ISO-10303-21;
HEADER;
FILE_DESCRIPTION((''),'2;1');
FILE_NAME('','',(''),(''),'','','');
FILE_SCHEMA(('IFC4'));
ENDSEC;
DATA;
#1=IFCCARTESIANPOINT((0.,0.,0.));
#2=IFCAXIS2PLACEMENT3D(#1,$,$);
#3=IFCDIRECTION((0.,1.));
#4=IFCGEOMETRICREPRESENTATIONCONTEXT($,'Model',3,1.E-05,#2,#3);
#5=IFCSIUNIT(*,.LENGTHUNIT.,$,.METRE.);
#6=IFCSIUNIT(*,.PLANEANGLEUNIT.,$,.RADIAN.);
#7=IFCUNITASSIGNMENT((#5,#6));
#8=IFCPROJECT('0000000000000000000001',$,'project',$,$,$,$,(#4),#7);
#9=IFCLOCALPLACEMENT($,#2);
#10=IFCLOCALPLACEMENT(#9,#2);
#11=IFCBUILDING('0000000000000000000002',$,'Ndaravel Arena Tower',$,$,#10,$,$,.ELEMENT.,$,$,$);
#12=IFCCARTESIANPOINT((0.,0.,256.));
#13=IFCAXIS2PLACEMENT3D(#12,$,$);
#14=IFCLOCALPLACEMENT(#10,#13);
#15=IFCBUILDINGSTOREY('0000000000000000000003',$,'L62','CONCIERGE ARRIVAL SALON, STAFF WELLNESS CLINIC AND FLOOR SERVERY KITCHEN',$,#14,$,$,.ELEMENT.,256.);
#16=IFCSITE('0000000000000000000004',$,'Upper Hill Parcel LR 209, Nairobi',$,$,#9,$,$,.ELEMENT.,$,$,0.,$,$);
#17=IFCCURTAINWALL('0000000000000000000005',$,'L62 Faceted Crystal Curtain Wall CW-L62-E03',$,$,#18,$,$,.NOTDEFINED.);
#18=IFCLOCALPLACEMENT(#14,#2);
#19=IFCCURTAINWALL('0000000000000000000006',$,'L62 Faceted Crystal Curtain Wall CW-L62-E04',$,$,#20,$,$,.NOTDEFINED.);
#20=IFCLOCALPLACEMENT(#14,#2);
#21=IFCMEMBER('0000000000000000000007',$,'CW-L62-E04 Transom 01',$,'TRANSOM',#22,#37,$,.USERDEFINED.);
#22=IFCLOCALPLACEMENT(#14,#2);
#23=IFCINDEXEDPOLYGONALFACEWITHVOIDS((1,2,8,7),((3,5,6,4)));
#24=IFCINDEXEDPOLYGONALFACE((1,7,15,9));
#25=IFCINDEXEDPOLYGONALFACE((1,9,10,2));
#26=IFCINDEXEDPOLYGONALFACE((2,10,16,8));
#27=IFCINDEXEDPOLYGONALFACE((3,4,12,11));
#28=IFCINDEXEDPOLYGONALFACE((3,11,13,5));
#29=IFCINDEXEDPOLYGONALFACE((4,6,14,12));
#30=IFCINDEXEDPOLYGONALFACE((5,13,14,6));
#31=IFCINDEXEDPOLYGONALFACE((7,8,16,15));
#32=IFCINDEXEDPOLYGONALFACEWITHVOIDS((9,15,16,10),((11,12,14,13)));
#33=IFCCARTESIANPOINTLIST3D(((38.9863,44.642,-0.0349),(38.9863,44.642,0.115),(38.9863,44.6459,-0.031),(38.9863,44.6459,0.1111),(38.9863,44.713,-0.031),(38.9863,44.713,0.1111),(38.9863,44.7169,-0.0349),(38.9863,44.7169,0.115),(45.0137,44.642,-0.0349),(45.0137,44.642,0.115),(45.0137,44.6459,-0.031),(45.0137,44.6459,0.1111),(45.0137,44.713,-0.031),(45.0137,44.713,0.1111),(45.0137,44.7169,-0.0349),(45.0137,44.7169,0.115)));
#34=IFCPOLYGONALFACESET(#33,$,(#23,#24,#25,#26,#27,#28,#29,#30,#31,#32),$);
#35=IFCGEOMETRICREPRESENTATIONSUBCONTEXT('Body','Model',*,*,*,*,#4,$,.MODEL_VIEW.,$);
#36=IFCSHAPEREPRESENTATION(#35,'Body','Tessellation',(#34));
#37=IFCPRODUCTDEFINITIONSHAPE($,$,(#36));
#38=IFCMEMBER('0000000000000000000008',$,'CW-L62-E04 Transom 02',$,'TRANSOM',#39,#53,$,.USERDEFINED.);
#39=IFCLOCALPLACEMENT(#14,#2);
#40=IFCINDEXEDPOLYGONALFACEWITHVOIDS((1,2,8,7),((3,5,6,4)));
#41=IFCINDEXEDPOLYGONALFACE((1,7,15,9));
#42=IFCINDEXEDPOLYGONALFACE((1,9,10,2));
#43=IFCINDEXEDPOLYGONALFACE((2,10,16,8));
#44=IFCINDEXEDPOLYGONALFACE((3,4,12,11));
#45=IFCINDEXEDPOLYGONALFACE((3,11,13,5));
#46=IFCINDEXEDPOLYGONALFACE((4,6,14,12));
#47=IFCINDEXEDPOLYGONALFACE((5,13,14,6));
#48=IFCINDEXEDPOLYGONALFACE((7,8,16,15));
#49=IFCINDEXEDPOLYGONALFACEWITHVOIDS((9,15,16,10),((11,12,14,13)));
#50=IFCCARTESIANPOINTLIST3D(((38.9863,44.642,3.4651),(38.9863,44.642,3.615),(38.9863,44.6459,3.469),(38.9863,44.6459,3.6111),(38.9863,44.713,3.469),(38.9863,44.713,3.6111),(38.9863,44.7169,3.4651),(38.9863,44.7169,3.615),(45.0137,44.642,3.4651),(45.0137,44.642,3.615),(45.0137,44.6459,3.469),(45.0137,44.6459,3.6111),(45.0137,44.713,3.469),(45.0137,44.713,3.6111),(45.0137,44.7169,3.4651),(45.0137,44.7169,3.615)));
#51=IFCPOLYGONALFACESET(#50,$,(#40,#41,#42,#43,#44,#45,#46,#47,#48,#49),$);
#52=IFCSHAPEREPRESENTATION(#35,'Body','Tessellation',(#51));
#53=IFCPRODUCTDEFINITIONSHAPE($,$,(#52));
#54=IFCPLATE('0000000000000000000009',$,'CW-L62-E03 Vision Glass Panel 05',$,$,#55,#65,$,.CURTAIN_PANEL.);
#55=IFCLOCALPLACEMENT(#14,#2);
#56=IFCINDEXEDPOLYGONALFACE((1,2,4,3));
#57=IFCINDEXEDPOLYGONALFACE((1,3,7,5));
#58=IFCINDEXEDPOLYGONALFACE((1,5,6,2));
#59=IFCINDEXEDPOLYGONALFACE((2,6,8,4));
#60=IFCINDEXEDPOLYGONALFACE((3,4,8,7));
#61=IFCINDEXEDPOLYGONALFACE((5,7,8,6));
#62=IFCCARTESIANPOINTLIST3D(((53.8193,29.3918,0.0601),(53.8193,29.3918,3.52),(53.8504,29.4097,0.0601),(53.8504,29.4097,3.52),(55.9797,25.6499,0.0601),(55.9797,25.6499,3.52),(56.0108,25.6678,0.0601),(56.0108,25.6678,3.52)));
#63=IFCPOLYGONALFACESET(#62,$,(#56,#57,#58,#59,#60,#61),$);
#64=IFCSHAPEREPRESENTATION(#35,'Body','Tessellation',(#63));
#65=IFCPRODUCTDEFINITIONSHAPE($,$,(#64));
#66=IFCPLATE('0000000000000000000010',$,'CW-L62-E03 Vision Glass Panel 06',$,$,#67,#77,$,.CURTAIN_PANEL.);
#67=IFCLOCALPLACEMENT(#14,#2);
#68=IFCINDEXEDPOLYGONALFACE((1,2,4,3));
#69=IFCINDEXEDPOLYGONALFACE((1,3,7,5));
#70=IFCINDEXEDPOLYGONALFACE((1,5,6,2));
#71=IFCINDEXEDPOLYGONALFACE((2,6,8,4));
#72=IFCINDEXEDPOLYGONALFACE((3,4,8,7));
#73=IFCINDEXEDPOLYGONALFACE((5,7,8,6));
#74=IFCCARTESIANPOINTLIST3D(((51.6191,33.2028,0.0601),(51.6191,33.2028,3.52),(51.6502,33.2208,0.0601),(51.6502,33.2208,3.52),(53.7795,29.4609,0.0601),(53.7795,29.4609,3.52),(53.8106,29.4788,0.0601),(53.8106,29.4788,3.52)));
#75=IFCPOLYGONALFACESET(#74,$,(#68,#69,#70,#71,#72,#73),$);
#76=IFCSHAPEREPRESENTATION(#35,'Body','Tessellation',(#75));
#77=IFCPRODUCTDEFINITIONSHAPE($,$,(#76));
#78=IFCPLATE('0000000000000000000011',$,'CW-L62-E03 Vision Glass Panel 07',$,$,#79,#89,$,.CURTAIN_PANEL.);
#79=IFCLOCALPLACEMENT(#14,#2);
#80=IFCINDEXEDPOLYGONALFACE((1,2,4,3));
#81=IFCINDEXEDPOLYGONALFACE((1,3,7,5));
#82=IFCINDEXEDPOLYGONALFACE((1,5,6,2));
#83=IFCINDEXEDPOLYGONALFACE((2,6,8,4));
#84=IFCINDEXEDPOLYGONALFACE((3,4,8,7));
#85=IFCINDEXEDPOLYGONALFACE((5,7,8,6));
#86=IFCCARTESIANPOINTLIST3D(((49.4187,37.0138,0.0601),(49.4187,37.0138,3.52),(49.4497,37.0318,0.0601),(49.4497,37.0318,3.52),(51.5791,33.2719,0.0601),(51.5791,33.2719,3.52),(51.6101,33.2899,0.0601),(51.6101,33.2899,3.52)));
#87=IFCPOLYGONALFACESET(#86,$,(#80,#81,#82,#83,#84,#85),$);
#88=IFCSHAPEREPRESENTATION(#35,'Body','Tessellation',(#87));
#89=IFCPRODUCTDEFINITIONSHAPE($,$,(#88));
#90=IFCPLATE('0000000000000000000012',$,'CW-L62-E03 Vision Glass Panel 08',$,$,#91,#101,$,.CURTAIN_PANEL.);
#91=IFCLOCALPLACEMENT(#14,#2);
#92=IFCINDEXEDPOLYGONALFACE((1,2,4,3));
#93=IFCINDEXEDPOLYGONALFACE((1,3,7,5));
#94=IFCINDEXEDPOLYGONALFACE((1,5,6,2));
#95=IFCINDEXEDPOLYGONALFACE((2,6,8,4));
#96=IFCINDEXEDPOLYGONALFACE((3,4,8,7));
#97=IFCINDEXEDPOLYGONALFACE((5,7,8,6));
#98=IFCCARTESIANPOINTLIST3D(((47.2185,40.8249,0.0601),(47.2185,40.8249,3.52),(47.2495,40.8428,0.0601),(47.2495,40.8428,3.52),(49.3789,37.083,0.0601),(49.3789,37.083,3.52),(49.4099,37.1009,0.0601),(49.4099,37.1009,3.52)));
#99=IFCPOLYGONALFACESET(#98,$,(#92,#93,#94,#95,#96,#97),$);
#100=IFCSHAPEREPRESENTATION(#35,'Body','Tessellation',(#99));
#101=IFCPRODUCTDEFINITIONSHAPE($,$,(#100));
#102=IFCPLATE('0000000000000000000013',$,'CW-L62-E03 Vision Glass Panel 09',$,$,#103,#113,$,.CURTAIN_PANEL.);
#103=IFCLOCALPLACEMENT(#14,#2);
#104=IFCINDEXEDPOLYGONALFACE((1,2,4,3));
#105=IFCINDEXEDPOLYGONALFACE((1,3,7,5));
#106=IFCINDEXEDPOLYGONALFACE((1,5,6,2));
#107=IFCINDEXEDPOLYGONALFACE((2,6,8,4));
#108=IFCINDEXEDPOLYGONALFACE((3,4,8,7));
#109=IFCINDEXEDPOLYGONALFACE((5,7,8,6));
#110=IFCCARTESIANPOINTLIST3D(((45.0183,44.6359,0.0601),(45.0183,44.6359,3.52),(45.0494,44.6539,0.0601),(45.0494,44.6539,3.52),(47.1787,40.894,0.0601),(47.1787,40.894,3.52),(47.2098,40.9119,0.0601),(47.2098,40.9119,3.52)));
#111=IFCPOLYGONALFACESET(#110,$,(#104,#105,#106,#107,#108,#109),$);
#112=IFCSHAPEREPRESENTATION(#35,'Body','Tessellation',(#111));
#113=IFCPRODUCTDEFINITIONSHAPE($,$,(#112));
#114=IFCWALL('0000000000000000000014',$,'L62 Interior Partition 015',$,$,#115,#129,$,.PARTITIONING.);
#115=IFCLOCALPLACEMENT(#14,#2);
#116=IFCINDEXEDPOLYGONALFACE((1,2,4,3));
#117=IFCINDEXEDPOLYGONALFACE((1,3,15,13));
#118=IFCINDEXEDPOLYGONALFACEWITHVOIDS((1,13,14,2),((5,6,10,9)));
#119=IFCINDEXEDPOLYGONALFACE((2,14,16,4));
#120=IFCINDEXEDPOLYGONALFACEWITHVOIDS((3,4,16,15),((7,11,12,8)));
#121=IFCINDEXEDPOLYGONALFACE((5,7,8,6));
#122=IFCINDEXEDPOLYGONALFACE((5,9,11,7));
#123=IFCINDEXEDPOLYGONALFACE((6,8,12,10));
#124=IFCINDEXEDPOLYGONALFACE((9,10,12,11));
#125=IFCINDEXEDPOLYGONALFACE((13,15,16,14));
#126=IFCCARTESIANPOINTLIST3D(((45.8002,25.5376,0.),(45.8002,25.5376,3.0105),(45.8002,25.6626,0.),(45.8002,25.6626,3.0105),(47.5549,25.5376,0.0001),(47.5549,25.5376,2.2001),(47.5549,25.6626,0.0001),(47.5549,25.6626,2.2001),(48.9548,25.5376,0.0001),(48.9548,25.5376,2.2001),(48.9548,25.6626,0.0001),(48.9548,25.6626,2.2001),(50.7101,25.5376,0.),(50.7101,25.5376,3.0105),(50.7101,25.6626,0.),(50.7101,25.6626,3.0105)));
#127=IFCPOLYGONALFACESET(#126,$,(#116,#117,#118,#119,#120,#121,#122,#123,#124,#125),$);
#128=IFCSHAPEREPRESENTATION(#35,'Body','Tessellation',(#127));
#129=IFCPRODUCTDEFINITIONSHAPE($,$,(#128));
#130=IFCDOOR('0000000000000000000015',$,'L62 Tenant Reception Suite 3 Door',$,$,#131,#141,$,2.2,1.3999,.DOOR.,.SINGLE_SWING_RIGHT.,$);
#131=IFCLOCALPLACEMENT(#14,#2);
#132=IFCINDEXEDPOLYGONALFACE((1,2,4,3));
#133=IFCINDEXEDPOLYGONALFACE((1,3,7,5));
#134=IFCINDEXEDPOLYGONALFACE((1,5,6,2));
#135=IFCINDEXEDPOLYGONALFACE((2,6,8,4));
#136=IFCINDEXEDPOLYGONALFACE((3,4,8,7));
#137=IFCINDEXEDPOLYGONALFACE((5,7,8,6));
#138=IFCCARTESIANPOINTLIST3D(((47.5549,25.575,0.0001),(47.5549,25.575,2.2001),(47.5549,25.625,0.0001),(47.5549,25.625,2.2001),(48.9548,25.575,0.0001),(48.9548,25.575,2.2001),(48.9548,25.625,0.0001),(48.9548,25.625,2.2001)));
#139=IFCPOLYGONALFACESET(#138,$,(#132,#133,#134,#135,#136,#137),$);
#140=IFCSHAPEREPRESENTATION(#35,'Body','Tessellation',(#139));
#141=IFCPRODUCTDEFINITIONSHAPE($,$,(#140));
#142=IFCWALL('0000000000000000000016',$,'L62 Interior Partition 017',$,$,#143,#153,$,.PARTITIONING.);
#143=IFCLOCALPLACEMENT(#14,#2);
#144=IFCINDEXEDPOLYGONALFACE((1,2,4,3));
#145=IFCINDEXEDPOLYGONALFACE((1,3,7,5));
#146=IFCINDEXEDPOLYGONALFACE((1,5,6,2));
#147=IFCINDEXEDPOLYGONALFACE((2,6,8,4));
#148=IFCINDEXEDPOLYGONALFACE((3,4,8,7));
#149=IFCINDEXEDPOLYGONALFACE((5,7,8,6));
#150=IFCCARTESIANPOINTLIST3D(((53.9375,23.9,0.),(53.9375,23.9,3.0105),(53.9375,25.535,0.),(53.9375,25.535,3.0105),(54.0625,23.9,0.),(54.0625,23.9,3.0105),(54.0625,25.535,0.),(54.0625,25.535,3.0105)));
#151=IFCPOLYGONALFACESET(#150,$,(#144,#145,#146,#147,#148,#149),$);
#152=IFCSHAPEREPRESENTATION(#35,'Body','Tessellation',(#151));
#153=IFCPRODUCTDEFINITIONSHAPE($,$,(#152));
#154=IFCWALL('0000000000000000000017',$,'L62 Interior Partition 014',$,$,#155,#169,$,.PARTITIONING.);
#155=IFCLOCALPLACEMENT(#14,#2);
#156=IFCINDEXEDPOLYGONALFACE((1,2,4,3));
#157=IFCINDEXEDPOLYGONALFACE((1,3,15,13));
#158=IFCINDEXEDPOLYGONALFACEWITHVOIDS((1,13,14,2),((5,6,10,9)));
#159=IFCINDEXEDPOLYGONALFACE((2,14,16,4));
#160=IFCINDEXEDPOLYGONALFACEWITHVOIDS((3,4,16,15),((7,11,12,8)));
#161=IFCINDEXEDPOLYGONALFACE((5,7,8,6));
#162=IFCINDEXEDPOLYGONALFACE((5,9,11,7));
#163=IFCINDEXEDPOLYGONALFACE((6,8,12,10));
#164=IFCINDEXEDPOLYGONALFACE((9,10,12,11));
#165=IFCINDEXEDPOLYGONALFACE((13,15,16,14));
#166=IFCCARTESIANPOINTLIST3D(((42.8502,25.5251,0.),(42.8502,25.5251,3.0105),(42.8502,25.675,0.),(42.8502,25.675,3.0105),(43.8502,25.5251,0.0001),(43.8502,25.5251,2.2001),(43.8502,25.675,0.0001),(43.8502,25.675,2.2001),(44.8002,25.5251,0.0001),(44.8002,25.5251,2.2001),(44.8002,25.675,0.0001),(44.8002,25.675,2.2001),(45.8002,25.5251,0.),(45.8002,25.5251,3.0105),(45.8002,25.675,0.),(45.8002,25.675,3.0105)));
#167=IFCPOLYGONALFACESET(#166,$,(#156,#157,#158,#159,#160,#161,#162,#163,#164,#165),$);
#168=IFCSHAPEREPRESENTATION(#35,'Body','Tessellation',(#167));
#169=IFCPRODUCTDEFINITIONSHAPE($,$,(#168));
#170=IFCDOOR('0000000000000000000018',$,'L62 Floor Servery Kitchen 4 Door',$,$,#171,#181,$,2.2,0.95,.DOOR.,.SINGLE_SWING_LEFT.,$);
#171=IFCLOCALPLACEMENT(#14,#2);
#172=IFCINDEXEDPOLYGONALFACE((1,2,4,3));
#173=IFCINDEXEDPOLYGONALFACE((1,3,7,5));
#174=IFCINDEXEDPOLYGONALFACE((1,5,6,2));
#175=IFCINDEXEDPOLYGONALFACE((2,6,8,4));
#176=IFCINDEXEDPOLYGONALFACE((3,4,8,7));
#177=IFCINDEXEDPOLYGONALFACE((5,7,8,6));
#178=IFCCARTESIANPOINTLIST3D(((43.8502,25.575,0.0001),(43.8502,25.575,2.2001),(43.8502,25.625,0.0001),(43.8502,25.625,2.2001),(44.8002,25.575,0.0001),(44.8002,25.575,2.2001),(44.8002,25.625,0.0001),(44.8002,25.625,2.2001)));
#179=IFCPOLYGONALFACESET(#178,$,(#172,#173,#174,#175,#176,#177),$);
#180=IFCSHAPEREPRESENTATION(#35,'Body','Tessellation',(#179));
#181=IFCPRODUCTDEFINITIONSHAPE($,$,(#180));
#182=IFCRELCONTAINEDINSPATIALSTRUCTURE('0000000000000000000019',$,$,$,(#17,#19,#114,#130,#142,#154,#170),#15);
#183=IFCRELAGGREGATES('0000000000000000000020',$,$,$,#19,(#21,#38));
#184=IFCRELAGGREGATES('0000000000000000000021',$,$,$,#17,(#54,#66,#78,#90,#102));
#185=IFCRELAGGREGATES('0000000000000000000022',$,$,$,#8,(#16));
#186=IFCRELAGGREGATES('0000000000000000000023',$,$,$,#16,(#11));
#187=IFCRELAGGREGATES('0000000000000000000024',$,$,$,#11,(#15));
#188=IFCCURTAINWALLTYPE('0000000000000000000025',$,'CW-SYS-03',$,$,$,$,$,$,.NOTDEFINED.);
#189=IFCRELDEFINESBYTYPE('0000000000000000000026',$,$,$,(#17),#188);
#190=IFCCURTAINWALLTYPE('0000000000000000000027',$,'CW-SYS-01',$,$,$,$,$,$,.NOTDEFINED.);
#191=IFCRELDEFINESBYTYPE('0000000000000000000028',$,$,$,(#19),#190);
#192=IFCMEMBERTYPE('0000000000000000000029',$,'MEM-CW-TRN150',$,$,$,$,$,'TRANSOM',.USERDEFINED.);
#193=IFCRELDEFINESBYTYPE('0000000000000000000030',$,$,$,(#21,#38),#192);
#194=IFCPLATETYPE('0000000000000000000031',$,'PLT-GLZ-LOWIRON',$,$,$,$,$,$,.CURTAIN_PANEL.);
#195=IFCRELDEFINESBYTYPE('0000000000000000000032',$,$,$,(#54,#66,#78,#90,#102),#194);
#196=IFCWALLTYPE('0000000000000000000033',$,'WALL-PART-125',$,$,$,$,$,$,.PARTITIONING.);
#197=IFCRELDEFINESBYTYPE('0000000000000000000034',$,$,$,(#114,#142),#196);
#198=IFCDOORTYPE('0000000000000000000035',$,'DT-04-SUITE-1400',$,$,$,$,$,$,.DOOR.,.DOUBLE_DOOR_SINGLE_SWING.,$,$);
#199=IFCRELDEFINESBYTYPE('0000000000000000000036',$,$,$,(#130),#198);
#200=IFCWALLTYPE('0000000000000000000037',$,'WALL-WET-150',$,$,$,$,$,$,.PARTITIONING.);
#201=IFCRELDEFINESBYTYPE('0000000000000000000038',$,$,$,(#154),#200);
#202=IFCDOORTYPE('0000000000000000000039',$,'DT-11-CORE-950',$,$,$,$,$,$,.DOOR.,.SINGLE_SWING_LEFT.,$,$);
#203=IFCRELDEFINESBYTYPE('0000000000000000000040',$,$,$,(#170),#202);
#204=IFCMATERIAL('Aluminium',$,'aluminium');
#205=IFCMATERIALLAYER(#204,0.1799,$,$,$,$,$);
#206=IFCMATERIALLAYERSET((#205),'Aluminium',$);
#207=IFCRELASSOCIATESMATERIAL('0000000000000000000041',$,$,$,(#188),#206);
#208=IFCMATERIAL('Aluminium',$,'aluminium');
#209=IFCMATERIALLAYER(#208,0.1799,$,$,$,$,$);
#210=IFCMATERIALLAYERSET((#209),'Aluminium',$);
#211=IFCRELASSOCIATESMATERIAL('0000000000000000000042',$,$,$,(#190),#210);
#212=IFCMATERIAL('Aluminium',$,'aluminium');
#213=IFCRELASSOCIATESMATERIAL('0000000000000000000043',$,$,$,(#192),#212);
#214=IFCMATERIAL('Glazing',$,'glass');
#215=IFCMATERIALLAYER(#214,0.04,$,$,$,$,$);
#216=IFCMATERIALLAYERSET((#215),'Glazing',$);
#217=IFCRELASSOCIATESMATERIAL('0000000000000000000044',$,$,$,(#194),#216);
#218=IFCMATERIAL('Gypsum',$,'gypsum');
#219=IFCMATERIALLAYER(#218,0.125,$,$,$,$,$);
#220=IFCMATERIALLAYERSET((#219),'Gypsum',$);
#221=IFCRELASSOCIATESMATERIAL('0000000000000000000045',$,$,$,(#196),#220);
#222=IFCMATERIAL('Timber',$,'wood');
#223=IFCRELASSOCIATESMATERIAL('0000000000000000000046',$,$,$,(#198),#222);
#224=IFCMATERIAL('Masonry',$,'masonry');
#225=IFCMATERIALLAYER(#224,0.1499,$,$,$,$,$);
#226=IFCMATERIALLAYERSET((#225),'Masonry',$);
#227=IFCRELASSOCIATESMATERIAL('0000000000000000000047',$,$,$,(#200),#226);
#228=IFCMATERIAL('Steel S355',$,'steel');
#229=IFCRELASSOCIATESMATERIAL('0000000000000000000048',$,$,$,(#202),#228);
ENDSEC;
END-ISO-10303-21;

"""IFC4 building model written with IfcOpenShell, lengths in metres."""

from ifc_helpers import new_model, si_unit, direction, frame, frame_2d, origin, origin_2d, place, context, subcontext, project, spatial, rectangle, hollow_rectangle, extrude, material, layer, layer_set, material_profile, profile_set, type_object, element, fill, aggregate, save


model = new_model("IFC4")

# Units and contexts
model_context = context("Model", 3, precision=1e-05, world=origin(), true_north=direction((0.0, 1.0)))
body_context = subcontext(model_context, "Body", "Model", "MODEL_VIEW")
ifc_project = project(units=[si_unit("LENGTHUNIT", "METRE"), si_unit("PLANEANGLEUNIT", "RADIAN")], contexts=[model_context])

# Site, building, storey
site_placement = place(None, origin())
site = spatial("IfcSite", under=ifc_project, at=site_placement, Name="Upper Hill Parcel LR 209, Nairobi", CompositionType="ELEMENT", RefElevation=0.0)
building_placement = place(site_placement, origin())
building = spatial("IfcBuilding", under=site, at=building_placement, Name="Ndaravel Arena Tower", CompositionType="ELEMENT")
storey_placement = place(building_placement, frame((0.0, 0.0, 256.0)))
storey = spatial("IfcBuildingStorey", under=building, at=storey_placement, Name="L62", Description="CONCIERGE ARRIVAL SALON, STAFF WELLNESS CLINIC AND FLOOR SERVERY KITCHEN", CompositionType="ELEMENT", Elevation=256.0)

# Curtain walls, members
ifc_material_1 = material(Name="Aluminium", Category="aluminium")
ifc_layer_1 = layer(ifc_material_1, 0.1799)
ifc_layer_set_1 = layer_set([ifc_layer_1], Name="Aluminium")
curtain_wall_type_1 = type_object("IfcCurtainWallType", Name="CW-SYS-03", PredefinedType="NOTDEFINED", material=ifc_layer_set_1)
curtain_wall_1_placement = place(storey_placement, origin())
curtain_wall_1 = element("IfcCurtainWall", 1, at=curtain_wall_1_placement, inside=storey, type_object=curtain_wall_type_1, Name="L62 Faceted Crystal Curtain Wall CW-L62-E03", PredefinedType="NOTDEFINED")
ifc_material_2 = material(Name="Aluminium", Category="aluminium")
ifc_layer_2 = layer(ifc_material_2, 0.1799)
ifc_layer_set_2 = layer_set([ifc_layer_2], Name="Aluminium")
curtain_wall_type_2 = type_object("IfcCurtainWallType", Name="CW-SYS-01", PredefinedType="NOTDEFINED", material=ifc_layer_set_2)
curtain_wall_2_placement = place(storey_placement, origin())
curtain_wall_2 = element("IfcCurtainWall", 2, at=curtain_wall_2_placement, inside=storey, type_object=curtain_wall_type_2, Name="L62 Faceted Crystal Curtain Wall CW-L62-E04", PredefinedType="NOTDEFINED")
ifc_material_3 = material(Name="Aluminium", Category="aluminium")
ifc_material_profile_1 = material_profile(ifc_material_3, hollow_rectangle(XDim=0.075, YDim=0.1499, WallThickness=0.0039, at=origin_2d()), Name="CW TRANSOM 75x150x4")
ifc_profile_set_1 = profile_set([ifc_material_profile_1], Name="Aluminium")
member_type_1 = type_object("IfcMemberType", Name="MEM-CW-TRN150", ElementType="TRANSOM", PredefinedType="USERDEFINED", material=ifc_profile_set_1)
member_1_placement = place(storey_placement, frame((45.0137, 44.6794, 0.04), z_axis=(-1.0, 0.0, 0.0), x_axis=(0.0, -1.0, 0.0)))
member_1 = element("IfcMember", 3, at=member_1_placement, type_object=member_type_1, Name="CW-L62-E04 Transom 01", ObjectType="TRANSOM", PredefinedType="USERDEFINED", context=body_context, shape_type="SweptSolid", body=[
    extrude(hollow_rectangle(XDim=0.075, YDim=0.1499, WallThickness=0.0039, at=origin_2d()), origin(), (0.0, 0.0, 1.0), 6.0273),
])
member_2_placement = place(storey_placement, frame((45.0137, 44.6794, 3.54), z_axis=(-1.0, 0.0, 0.0), x_axis=(0.0, -1.0, 0.0)))
member_2 = element("IfcMember", 4, at=member_2_placement, type_object=member_type_1, Name="CW-L62-E04 Transom 02", ObjectType="TRANSOM", PredefinedType="USERDEFINED", context=body_context, shape_type="SweptSolid", body=[
    extrude(hollow_rectangle(XDim=0.075, YDim=0.1499, WallThickness=0.0039, at=origin_2d()), origin(), (0.0, 0.0, 1.0), 6.0273),
])
aggregate(curtain_wall_2, [member_1, member_2])

# Plates
ifc_material_4 = material(Name="Glazing", Category="glass")
ifc_layer_3 = layer(ifc_material_4, 0.04)
ifc_layer_set_3 = layer_set([ifc_layer_3], Name="Glazing")
plate_type = type_object("IfcPlateType", Name="PLT-GLZ-LOWIRON", PredefinedType="CURTAIN_PANEL", material=ifc_layer_set_3)
plate_1_placement = place(storey_placement, frame((54.915, 27.5298, 0.0601), z_axis=(0.0, 0.0, 1.0), x_axis=(-0.5, 0.866025, 0.0)))
plate_1 = element("IfcPlate", 5, at=plate_1_placement, type_object=plate_type, Name="CW-L62-E03 Vision Glass Panel 05", PredefinedType="CURTAIN_PANEL", context=body_context, shape_type="SweptSolid", body=[
    extrude(rectangle(XDim=4.3208, YDim=0.0359, at=origin_2d()), origin(), (0.0, 0.0, 1.0), 3.46),
])
plate_2_placement = place(storey_placement, frame((52.7148, 31.3408, 0.0601), z_axis=(0.0, 0.0, 1.0), x_axis=(-0.5, 0.866025, 0.0)))
plate_2 = element("IfcPlate", 6, at=plate_2_placement, type_object=plate_type, Name="CW-L62-E03 Vision Glass Panel 06", PredefinedType="CURTAIN_PANEL", context=body_context, shape_type="SweptSolid", body=[
    extrude(rectangle(XDim=4.3208, YDim=0.0359, at=origin_2d()), origin(), (0.0, 0.0, 1.0), 3.46),
])
plate_3_placement = place(storey_placement, frame((50.5144, 35.1519, 0.0601), z_axis=(0.0, 0.0, 1.0), x_axis=(-0.5, 0.866025, 0.0)))
plate_3 = element("IfcPlate", 7, at=plate_3_placement, type_object=plate_type, Name="CW-L62-E03 Vision Glass Panel 07", PredefinedType="CURTAIN_PANEL", context=body_context, shape_type="SweptSolid", body=[
    extrude(rectangle(XDim=4.3208, YDim=0.0359, at=origin_2d()), origin(), (0.0, 0.0, 1.0), 3.46),
])
plate_4_placement = place(storey_placement, frame((48.3142, 38.9629, 0.0601), z_axis=(0.0, 0.0, 1.0), x_axis=(-0.5, 0.866025, 0.0)))
plate_4 = element("IfcPlate", 8, at=plate_4_placement, type_object=plate_type, Name="CW-L62-E03 Vision Glass Panel 08", PredefinedType="CURTAIN_PANEL", context=body_context, shape_type="SweptSolid", body=[
    extrude(rectangle(XDim=4.3208, YDim=0.0359, at=origin_2d()), origin(), (0.0, 0.0, 1.0), 3.46),
])
plate_5_placement = place(storey_placement, frame((46.114, 42.7739, 0.0601), z_axis=(0.0, 0.0, 1.0), x_axis=(-0.5, 0.866025, 0.0)))
plate_5 = element("IfcPlate", 9, at=plate_5_placement, type_object=plate_type, Name="CW-L62-E03 Vision Glass Panel 09", PredefinedType="CURTAIN_PANEL", context=body_context, shape_type="SweptSolid", body=[
    extrude(rectangle(XDim=4.3208, YDim=0.0359, at=origin_2d()), origin(), (0.0, 0.0, 1.0), 3.46),
])
aggregate(curtain_wall_1, [plate_1, plate_2, plate_3, plate_4, plate_5])

# Wall, opening, door
ifc_material_5 = material(Name="Gypsum", Category="gypsum")
ifc_layer_4 = layer(ifc_material_5, 0.125)
ifc_layer_set_4 = layer_set([ifc_layer_4], Name="Gypsum")
wall_type_1 = type_object("IfcWallType", Name="WALL-PART-125", PredefinedType="PARTITIONING", material=ifc_layer_set_4)
wall_1_placement = place(storey_placement, frame((45.8, 25.6001, 0.0), z_axis=(0.0, 0.0, 1.0), x_axis=(1.0, 0.0, 0.0)))
wall_1 = element("IfcWall", 10, at=wall_1_placement, inside=storey, type_object=wall_type_1, Name="L62 Interior Partition 015", PredefinedType="PARTITIONING", context=body_context, shape_type="SweptSolid", body=[
    extrude(rectangle(XDim=4.9099, YDim=0.125, at=frame_2d((2.4551, 0.0))), origin(), (0.0, 0.0, 1.0), 3.0105),
])
opening_1_placement = place(wall_1_placement, frame((1.7549, 0.0, 0.0)))
opening_1 = element("IfcOpeningElement", 11, at=opening_1_placement, cuts=wall_1, PredefinedType="OPENING", context=body_context, shape_type="SweptSolid", body=[
    extrude(rectangle(XDim=1.3999, YDim=2.2, at=frame_2d((0.7, 1.1001))), frame((0.0, 0.0625, 0.0), z_axis=(0.0, -1.0, 0.0), x_axis=(1.0, 0.0, 0.0)), (0.0, 0.0, 1.0), 0.125),
])
ifc_material_6 = material(Name="Timber", Category="wood")
door_type_1 = type_object("IfcDoorType", Name="DT-04-SUITE-1400", OperationType="DOUBLE_DOOR_SINGLE_SWING", PredefinedType="DOOR", material=ifc_material_6)
door_1_placement = place(opening_1_placement, origin())
door_1 = element("IfcDoor", 12, at=door_1_placement, inside=storey, type_object=door_type_1, Name="L62 Tenant Reception Suite 3 Door", OperationType="SINGLE_SWING_RIGHT", OverallHeight=2.2, OverallWidth=1.3999, PredefinedType="DOOR", context=body_context, shape_type="SweptSolid", body=[
    extrude(rectangle(XDim=1.3999, YDim=2.2, at=frame_2d((0.7, 1.1001))), frame((0.0, 0.0249, 0.0), z_axis=(0.0, -1.0, 0.0), x_axis=(1.0, 0.0, 0.0)), (0.0, 0.0, 1.0), 0.05),
])
fill(opening_1, door_1)

# Wall
wall_2_placement = place(storey_placement, frame((54.0, 25.5349, 0.0), z_axis=(0.0, 0.0, 1.0), x_axis=(0.0, -1.0, 0.0)))
element("IfcWall", 13, at=wall_2_placement, inside=storey, type_object=wall_type_1, Name="L62 Interior Partition 017", PredefinedType="PARTITIONING", context=body_context, shape_type="SweptSolid", body=[
    extrude(rectangle(XDim=1.635, YDim=0.125, at=frame_2d((0.8174, 0.0))), origin(), (0.0, 0.0, 1.0), 3.0105),
])

# Wall, opening, door
ifc_material_7 = material(Name="Masonry", Category="masonry")
ifc_layer_5 = layer(ifc_material_7, 0.1499)
ifc_layer_set_5 = layer_set([ifc_layer_5], Name="Masonry")
wall_type_2 = type_object("IfcWallType", Name="WALL-WET-150", PredefinedType="PARTITIONING", material=ifc_layer_set_5)
wall_3_placement = place(storey_placement, frame((42.8501, 25.6001, 0.0), z_axis=(0.0, 0.0, 1.0), x_axis=(1.0, 0.0, 0.0)))
wall_3 = element("IfcWall", 14, at=wall_3_placement, inside=storey, type_object=wall_type_2, Name="L62 Interior Partition 014", PredefinedType="PARTITIONING", context=body_context, shape_type="SweptSolid", body=[
    extrude(rectangle(XDim=2.95, YDim=0.1499, at=frame_2d((1.4751, 0.0))), origin(), (0.0, 0.0, 1.0), 3.0105),
])
opening_2_placement = place(wall_3_placement, frame((1.0, 0.0, 0.0)))
opening_2 = element("IfcOpeningElement", 15, at=opening_2_placement, cuts=wall_3, PredefinedType="OPENING", context=body_context, shape_type="SweptSolid", body=[
    extrude(rectangle(XDim=0.95, YDim=2.2, at=frame_2d((0.4751, 1.1001))), frame((0.0, 0.075, 0.0), z_axis=(0.0, -1.0, 0.0), x_axis=(1.0, 0.0, 0.0)), (0.0, 0.0, 1.0), 0.1499),
])
ifc_material_8 = material(Name="Steel S355", Category="steel")
door_type_2 = type_object("IfcDoorType", Name="DT-11-CORE-950", OperationType="SINGLE_SWING_LEFT", PredefinedType="DOOR", material=ifc_material_8)
door_2_placement = place(opening_2_placement, origin())
door_2 = element("IfcDoor", 16, at=door_2_placement, inside=storey, type_object=door_type_2, Name="L62 Floor Servery Kitchen 4 Door", OperationType="SINGLE_SWING_LEFT", OverallHeight=2.2, OverallWidth=0.95, PredefinedType="DOOR", context=body_context, shape_type="SweptSolid", body=[
    extrude(rectangle(XDim=0.95, YDim=2.2, at=frame_2d((0.4751, 1.1001))), frame((0.0, 0.0249, 0.0), z_axis=(0.0, -1.0, 0.0), x_axis=(1.0, 0.0, 0.0)), (0.0, 0.0, 1.0), 0.05),
])
fill(opening_2, door_2)

save(model, "model.ifc")
